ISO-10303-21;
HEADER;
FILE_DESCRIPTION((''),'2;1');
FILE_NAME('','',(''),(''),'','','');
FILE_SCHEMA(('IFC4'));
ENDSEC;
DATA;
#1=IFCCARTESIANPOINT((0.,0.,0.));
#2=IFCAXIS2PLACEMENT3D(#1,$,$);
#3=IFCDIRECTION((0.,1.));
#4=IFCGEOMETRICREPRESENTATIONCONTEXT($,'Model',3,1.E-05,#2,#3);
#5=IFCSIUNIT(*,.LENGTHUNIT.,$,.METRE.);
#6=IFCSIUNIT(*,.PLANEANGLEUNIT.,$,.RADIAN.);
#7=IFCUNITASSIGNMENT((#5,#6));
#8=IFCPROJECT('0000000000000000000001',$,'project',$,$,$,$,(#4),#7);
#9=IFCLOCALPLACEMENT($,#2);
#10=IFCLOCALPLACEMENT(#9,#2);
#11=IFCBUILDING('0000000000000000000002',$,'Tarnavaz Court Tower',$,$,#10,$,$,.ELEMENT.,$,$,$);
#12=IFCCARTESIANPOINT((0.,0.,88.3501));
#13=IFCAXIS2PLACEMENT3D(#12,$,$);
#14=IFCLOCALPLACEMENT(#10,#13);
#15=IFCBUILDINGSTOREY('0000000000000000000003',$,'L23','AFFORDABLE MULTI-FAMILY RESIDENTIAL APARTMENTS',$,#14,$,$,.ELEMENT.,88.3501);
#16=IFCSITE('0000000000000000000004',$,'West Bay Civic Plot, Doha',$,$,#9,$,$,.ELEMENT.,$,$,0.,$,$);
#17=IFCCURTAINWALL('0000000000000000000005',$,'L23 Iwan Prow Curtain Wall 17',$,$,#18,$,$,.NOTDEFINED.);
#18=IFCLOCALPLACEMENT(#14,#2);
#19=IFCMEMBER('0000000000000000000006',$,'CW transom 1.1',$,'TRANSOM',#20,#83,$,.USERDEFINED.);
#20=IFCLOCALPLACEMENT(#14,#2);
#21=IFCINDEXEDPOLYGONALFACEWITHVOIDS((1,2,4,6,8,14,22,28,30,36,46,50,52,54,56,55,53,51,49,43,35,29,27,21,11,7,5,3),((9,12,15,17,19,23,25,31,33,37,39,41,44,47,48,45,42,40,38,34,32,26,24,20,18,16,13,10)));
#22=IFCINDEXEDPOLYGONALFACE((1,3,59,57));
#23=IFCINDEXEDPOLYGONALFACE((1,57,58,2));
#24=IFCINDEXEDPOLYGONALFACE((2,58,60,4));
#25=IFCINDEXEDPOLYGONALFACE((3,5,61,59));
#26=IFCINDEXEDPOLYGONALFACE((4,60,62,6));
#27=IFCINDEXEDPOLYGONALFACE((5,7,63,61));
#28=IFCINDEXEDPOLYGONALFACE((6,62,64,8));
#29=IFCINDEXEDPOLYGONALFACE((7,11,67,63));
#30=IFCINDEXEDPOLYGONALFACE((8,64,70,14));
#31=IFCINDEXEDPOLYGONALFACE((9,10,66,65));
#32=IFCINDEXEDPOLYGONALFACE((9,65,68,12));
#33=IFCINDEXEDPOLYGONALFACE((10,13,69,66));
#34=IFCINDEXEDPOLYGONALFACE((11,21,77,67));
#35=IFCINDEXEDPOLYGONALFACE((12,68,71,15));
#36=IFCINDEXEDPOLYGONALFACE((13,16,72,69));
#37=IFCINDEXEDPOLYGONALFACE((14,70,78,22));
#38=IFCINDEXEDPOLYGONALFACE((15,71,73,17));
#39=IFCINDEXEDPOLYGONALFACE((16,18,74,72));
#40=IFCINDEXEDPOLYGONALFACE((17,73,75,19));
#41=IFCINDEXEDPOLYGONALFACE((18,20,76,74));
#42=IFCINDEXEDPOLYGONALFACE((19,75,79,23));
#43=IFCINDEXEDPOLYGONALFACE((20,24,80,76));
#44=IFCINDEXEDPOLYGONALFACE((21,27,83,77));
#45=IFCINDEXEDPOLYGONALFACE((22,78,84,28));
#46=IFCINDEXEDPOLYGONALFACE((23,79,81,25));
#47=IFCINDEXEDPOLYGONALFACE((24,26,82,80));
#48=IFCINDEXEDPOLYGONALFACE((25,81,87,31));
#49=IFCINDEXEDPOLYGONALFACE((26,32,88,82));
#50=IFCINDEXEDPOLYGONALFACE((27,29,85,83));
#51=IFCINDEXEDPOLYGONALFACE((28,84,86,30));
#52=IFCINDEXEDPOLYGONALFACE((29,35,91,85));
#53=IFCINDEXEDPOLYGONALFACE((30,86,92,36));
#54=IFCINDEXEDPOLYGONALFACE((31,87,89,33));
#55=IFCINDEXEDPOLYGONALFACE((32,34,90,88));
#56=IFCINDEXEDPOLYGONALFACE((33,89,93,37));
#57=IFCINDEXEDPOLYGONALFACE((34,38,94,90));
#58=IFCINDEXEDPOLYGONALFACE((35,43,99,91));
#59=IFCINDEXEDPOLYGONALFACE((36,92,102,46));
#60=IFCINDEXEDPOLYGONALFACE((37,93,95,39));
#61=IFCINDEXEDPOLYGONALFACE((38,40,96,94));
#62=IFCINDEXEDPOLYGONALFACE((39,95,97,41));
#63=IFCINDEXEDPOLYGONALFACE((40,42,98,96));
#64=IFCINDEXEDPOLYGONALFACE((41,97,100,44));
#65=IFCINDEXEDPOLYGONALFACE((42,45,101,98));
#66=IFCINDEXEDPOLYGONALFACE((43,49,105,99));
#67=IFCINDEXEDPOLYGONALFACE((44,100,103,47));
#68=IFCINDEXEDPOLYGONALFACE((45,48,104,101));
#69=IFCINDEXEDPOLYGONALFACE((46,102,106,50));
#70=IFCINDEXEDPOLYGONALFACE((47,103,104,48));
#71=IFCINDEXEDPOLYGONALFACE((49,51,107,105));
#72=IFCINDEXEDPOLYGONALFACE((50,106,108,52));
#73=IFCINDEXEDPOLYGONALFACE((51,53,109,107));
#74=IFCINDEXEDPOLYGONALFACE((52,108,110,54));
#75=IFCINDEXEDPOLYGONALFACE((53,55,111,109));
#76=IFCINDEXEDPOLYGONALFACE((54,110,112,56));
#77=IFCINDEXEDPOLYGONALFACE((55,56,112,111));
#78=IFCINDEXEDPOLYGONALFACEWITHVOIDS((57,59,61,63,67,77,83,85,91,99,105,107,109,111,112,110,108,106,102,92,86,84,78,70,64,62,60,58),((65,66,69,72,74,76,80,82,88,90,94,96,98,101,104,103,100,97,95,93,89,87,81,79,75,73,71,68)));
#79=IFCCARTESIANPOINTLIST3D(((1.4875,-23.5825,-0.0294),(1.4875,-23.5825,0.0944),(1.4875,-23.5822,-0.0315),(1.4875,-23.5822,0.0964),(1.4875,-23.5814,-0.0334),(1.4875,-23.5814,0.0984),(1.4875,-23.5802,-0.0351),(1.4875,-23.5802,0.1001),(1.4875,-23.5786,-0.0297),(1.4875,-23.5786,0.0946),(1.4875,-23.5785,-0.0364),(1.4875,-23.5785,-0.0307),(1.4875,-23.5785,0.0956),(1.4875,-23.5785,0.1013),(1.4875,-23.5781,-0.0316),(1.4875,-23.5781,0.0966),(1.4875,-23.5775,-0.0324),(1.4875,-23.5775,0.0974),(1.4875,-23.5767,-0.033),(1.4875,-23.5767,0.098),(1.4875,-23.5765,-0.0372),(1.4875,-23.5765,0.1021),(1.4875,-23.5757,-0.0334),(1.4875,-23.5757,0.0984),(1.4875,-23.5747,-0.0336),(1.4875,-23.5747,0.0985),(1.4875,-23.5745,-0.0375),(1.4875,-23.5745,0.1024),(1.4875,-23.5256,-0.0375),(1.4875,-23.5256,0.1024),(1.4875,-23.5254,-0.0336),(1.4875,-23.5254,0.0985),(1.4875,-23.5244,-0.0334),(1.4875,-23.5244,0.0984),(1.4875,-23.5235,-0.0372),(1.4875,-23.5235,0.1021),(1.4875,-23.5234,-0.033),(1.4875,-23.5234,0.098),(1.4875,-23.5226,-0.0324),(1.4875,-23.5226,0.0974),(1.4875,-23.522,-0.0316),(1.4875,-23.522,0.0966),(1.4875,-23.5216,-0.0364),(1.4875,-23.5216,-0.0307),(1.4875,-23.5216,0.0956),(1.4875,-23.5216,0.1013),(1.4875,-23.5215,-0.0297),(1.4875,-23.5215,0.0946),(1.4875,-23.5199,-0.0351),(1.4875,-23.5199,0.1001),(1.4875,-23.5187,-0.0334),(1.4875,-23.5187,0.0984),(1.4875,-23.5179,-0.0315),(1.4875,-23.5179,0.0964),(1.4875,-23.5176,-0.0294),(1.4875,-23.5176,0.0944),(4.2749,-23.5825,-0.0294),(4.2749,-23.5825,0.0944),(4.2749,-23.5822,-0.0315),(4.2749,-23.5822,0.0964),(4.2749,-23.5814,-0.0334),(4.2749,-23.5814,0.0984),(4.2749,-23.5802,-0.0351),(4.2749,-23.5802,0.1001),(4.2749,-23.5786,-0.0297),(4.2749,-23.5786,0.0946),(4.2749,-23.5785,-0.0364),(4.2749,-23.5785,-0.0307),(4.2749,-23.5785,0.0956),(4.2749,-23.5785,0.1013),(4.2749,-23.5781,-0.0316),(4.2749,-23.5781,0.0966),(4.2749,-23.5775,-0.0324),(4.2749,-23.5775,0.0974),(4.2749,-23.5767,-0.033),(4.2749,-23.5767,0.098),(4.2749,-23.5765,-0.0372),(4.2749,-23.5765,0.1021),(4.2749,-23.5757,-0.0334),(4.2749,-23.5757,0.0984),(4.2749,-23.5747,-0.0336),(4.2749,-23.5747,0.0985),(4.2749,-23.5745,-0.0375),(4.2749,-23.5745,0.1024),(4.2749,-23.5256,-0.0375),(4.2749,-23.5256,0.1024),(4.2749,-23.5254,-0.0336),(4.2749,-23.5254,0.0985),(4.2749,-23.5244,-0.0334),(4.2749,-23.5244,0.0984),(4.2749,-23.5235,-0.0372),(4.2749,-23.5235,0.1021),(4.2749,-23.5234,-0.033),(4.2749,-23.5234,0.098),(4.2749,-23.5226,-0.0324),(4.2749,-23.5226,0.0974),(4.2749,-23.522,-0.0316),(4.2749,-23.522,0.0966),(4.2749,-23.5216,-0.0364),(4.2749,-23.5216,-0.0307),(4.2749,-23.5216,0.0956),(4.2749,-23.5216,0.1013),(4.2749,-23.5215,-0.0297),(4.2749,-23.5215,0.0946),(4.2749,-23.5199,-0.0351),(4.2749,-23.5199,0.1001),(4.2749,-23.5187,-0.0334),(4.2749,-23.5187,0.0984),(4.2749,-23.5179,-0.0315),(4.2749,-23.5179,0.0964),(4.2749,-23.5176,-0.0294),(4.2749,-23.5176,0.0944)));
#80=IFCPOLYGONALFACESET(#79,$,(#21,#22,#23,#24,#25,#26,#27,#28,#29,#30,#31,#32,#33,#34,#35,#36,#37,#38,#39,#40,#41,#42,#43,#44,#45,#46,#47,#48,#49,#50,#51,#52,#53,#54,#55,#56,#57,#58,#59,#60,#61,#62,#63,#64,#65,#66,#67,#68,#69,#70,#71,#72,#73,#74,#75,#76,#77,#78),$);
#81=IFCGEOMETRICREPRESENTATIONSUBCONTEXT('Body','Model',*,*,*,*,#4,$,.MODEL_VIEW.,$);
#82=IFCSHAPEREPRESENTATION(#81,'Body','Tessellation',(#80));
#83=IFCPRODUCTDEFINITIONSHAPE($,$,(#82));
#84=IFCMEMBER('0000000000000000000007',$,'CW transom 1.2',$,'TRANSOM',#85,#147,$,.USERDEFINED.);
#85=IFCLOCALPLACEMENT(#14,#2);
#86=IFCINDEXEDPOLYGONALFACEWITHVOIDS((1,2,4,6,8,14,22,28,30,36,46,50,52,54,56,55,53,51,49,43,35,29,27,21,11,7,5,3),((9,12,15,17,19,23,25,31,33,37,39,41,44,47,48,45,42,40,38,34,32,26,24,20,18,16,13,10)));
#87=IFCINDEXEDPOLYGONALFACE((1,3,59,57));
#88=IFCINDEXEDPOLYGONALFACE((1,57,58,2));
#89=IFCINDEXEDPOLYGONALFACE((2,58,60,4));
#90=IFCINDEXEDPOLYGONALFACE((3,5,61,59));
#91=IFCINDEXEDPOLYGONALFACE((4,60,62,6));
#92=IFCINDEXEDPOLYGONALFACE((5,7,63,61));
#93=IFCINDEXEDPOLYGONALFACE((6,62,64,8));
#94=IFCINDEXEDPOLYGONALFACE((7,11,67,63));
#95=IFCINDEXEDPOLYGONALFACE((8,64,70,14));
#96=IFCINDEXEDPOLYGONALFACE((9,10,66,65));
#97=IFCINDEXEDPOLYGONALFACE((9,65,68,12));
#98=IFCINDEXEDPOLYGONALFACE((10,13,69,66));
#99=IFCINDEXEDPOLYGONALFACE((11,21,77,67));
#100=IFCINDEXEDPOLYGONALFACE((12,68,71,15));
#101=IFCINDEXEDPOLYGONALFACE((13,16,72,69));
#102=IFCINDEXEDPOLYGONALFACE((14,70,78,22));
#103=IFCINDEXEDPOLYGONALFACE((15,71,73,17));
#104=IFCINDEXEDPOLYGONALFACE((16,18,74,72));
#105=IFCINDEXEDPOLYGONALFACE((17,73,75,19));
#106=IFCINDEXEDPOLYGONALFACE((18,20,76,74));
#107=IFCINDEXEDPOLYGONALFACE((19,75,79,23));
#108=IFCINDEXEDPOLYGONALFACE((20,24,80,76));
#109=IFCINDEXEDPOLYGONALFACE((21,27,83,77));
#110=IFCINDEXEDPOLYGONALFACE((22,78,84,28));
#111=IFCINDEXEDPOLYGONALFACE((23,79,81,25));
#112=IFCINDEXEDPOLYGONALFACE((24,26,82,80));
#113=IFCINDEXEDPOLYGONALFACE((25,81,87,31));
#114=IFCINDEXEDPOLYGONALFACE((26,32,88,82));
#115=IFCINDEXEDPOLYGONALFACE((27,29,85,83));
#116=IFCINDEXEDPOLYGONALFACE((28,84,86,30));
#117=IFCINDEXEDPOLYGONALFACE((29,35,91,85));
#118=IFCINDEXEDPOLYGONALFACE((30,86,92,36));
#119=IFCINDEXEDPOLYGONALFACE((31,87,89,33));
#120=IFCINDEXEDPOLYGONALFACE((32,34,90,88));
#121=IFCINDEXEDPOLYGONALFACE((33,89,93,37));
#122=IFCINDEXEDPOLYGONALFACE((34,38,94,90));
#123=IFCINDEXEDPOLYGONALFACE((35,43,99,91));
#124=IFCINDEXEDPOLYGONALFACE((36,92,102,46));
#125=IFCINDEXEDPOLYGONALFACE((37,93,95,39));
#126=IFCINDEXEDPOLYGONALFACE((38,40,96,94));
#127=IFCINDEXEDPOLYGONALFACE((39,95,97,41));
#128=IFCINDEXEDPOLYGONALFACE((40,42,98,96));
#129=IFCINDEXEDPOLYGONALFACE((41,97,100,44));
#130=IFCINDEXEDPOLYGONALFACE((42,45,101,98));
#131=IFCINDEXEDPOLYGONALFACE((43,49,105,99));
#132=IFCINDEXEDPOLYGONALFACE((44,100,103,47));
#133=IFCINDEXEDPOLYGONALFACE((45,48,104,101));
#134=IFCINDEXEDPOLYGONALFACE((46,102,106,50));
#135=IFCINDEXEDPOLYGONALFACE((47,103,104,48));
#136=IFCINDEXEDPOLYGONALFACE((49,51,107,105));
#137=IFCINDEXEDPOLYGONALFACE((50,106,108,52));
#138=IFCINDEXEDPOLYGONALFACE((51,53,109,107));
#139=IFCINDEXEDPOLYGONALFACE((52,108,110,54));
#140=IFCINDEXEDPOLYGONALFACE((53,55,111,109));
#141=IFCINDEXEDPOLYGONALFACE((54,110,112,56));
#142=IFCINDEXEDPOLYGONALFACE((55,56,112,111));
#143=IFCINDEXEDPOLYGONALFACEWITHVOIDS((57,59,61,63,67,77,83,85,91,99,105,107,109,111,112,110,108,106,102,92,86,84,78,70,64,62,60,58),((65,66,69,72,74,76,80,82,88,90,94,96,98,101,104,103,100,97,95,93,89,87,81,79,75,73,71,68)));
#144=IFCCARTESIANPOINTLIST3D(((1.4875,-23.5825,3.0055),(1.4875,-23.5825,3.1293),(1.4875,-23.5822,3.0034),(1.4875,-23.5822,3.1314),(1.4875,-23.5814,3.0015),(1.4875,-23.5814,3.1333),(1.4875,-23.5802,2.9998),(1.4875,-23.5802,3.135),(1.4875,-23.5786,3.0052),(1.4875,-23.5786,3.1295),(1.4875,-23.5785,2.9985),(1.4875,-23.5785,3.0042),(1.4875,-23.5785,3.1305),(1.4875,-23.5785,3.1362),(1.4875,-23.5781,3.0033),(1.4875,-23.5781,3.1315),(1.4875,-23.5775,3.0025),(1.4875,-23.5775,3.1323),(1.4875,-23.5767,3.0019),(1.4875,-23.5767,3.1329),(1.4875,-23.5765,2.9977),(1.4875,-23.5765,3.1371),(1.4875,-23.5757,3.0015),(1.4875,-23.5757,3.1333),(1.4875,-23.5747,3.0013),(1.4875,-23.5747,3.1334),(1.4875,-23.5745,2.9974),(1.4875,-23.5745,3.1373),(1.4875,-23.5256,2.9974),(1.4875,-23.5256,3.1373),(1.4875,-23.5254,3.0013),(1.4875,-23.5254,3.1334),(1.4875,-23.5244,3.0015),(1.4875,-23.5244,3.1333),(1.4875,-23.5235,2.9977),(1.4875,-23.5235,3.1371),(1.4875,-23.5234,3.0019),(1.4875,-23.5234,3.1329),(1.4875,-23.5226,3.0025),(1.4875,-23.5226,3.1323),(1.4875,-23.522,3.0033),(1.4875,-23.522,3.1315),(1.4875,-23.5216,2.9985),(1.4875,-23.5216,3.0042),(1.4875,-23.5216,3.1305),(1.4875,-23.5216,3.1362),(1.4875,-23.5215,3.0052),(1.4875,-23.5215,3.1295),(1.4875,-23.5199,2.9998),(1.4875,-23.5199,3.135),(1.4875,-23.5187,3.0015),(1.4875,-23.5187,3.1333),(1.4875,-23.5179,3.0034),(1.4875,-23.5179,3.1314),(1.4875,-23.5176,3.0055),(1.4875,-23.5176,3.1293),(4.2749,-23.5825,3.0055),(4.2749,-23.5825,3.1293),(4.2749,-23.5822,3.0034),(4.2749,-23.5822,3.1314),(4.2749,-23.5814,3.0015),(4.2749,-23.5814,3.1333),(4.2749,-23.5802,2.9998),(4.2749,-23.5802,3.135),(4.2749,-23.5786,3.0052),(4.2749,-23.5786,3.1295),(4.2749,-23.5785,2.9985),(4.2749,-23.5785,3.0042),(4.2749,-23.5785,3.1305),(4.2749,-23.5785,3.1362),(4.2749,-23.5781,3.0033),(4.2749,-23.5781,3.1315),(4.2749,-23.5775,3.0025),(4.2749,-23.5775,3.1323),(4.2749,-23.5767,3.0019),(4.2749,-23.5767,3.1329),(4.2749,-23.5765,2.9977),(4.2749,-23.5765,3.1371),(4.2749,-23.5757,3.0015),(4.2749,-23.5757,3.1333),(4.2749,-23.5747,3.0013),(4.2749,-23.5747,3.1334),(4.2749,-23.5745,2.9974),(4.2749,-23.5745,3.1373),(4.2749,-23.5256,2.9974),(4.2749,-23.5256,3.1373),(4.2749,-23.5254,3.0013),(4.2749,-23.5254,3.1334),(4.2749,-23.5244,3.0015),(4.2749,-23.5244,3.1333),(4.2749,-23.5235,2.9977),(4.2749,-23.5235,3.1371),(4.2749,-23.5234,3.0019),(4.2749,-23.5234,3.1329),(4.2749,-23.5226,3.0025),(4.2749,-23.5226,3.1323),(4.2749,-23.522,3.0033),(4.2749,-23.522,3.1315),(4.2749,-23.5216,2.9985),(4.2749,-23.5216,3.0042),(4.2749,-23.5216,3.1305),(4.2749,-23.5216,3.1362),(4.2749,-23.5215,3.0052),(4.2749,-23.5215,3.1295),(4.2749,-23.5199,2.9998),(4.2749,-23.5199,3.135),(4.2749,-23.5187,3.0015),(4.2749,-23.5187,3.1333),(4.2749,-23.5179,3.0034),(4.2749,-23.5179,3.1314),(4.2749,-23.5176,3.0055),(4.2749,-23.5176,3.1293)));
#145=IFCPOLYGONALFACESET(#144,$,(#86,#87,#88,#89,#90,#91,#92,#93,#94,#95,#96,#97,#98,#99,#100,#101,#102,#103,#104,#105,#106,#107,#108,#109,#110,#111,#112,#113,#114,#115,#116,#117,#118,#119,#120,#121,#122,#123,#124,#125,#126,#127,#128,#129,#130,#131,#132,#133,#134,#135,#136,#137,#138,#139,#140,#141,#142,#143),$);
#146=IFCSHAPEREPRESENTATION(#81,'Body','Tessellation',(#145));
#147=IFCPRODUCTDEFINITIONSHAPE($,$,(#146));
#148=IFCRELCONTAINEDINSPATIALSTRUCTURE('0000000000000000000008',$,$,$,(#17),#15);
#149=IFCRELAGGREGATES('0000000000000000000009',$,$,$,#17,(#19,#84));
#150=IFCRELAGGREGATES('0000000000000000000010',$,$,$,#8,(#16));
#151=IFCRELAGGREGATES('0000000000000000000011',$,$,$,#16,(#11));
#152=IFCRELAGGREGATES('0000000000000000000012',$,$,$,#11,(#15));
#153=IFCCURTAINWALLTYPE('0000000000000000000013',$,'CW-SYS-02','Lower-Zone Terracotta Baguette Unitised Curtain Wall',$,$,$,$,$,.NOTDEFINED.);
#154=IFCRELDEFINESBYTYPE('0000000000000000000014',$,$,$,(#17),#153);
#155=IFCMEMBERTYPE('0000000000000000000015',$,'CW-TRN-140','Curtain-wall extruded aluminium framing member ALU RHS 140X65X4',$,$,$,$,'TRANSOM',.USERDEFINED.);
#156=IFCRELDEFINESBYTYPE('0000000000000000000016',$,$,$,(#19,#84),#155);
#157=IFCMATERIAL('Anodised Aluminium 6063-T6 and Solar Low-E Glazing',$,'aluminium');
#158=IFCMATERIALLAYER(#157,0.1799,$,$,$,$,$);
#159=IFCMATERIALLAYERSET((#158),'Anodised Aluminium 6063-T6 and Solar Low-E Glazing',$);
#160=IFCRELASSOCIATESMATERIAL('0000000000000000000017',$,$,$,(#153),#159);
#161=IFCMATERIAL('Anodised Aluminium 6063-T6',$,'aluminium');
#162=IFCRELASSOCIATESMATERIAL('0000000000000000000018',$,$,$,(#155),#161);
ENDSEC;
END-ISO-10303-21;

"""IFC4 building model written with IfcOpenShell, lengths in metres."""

from ifc_helpers import new_model, si_unit, direction, frame, origin, origin_2d, place, context, subcontext, project, spatial, hollow_rectangle, extrude, material, layer, layer_set, material_profile, profile_set, type_object, element, aggregate, save


model = new_model("IFC4")

# Units and contexts
model_context = context("Model", 3, precision=1e-05, world=origin(), true_north=direction((0.0, 1.0)))
body_context = subcontext(model_context, "Body", "Model", "MODEL_VIEW")
ifc_project = project(units=[si_unit("LENGTHUNIT", "METRE"), si_unit("PLANEANGLEUNIT", "RADIAN")], contexts=[model_context])

# Site, building, storey
site_placement = place(None, origin())
site = spatial("IfcSite", under=ifc_project, at=site_placement, Name="West Bay Civic Plot, Doha", CompositionType="ELEMENT", RefElevation=0.0)
building_placement = place(site_placement, origin())
building = spatial("IfcBuilding", under=site, at=building_placement, Name="Tarnavaz Court Tower", CompositionType="ELEMENT")
storey_placement = place(building_placement, frame((0.0, 0.0, 88.3501)))
storey = spatial("IfcBuildingStorey", under=building, at=storey_placement, Name="L23", Description="AFFORDABLE MULTI-FAMILY RESIDENTIAL APARTMENTS", CompositionType="ELEMENT", Elevation=88.3501)

# Curtain wall, members
ifc_material_1 = material(Name="Anodised Aluminium 6063-T6 and Solar Low-E Glazing", Category="aluminium")
ifc_layer_1 = layer(ifc_material_1, 0.1799)
ifc_layer_set_1 = layer_set([ifc_layer_1], Name="Anodised Aluminium 6063-T6 and Solar Low-E Glazing")
curtain_wall_type = type_object("IfcCurtainWallType", Name="CW-SYS-02", Description="Lower-Zone Terracotta Baguette Unitised Curtain Wall", PredefinedType="NOTDEFINED", material=ifc_layer_set_1)
curtain_wall_placement = place(storey_placement, origin())
curtain_wall = element("IfcCurtainWall", 1, at=curtain_wall_placement, inside=storey, type_object=curtain_wall_type, Name="L23 Iwan Prow Curtain Wall 17", PredefinedType="NOTDEFINED")
ifc_material_2 = material(Name="Anodised Aluminium 6063-T6", Category="aluminium")
ifc_material_profile_1 = material_profile(ifc_material_2, hollow_rectangle(XDim=0.0649, YDim=0.1399, WallThickness=0.0039, InnerFilletRadius=0.0039, OuterFilletRadius=0.0081, at=origin_2d()), Name="ALU RHS 140X65X4")
ifc_profile_set_1 = profile_set([ifc_material_profile_1], Name="Anodised Aluminium 6063-T6")
member_type_1 = type_object("IfcMemberType", Name="CW-TRN-140", Description="Curtain-wall extruded aluminium framing member ALU RHS 140X65X4", ElementType="TRANSOM", PredefinedType="USERDEFINED", material=ifc_profile_set_1)
member_1_placement = place(storey_placement, frame((4.2749, -23.55, 0.0325), z_axis=(-1.0, 0.0, 0.0), x_axis=(0.0, -1.0, 0.0)))
member_1 = element("IfcMember", 2, at=member_1_placement, type_object=member_type_1, Name="CW transom 1.1", ObjectType="TRANSOM", PredefinedType="USERDEFINED", context=body_context, shape_type="SweptSolid", body=[
    extrude(hollow_rectangle(XDim=0.0649, YDim=0.1399, WallThickness=0.0039, InnerFilletRadius=0.0039, OuterFilletRadius=0.0081, at=origin_2d()), origin(), (0.0, 0.0, 1.0), 2.7874),
])
member_2_placement = place(storey_placement, frame((4.2749, -23.55, 3.0674), z_axis=(-1.0, 0.0, 0.0), x_axis=(0.0, -1.0, 0.0)))
member_2 = element("IfcMember", 3, at=member_2_placement, type_object=member_type_1, Name="CW transom 1.2", ObjectType="TRANSOM", PredefinedType="USERDEFINED", context=body_context, shape_type="SweptSolid", body=[
    extrude(hollow_rectangle(XDim=0.0649, YDim=0.1399, WallThickness=0.0039, InnerFilletRadius=0.0039, OuterFilletRadius=0.0081, at=origin_2d()), origin(), (0.0, 0.0, 1.0), 2.7874),
])
aggregate(curtain_wall, [member_1, member_2])

save(model, "model.ifc")
